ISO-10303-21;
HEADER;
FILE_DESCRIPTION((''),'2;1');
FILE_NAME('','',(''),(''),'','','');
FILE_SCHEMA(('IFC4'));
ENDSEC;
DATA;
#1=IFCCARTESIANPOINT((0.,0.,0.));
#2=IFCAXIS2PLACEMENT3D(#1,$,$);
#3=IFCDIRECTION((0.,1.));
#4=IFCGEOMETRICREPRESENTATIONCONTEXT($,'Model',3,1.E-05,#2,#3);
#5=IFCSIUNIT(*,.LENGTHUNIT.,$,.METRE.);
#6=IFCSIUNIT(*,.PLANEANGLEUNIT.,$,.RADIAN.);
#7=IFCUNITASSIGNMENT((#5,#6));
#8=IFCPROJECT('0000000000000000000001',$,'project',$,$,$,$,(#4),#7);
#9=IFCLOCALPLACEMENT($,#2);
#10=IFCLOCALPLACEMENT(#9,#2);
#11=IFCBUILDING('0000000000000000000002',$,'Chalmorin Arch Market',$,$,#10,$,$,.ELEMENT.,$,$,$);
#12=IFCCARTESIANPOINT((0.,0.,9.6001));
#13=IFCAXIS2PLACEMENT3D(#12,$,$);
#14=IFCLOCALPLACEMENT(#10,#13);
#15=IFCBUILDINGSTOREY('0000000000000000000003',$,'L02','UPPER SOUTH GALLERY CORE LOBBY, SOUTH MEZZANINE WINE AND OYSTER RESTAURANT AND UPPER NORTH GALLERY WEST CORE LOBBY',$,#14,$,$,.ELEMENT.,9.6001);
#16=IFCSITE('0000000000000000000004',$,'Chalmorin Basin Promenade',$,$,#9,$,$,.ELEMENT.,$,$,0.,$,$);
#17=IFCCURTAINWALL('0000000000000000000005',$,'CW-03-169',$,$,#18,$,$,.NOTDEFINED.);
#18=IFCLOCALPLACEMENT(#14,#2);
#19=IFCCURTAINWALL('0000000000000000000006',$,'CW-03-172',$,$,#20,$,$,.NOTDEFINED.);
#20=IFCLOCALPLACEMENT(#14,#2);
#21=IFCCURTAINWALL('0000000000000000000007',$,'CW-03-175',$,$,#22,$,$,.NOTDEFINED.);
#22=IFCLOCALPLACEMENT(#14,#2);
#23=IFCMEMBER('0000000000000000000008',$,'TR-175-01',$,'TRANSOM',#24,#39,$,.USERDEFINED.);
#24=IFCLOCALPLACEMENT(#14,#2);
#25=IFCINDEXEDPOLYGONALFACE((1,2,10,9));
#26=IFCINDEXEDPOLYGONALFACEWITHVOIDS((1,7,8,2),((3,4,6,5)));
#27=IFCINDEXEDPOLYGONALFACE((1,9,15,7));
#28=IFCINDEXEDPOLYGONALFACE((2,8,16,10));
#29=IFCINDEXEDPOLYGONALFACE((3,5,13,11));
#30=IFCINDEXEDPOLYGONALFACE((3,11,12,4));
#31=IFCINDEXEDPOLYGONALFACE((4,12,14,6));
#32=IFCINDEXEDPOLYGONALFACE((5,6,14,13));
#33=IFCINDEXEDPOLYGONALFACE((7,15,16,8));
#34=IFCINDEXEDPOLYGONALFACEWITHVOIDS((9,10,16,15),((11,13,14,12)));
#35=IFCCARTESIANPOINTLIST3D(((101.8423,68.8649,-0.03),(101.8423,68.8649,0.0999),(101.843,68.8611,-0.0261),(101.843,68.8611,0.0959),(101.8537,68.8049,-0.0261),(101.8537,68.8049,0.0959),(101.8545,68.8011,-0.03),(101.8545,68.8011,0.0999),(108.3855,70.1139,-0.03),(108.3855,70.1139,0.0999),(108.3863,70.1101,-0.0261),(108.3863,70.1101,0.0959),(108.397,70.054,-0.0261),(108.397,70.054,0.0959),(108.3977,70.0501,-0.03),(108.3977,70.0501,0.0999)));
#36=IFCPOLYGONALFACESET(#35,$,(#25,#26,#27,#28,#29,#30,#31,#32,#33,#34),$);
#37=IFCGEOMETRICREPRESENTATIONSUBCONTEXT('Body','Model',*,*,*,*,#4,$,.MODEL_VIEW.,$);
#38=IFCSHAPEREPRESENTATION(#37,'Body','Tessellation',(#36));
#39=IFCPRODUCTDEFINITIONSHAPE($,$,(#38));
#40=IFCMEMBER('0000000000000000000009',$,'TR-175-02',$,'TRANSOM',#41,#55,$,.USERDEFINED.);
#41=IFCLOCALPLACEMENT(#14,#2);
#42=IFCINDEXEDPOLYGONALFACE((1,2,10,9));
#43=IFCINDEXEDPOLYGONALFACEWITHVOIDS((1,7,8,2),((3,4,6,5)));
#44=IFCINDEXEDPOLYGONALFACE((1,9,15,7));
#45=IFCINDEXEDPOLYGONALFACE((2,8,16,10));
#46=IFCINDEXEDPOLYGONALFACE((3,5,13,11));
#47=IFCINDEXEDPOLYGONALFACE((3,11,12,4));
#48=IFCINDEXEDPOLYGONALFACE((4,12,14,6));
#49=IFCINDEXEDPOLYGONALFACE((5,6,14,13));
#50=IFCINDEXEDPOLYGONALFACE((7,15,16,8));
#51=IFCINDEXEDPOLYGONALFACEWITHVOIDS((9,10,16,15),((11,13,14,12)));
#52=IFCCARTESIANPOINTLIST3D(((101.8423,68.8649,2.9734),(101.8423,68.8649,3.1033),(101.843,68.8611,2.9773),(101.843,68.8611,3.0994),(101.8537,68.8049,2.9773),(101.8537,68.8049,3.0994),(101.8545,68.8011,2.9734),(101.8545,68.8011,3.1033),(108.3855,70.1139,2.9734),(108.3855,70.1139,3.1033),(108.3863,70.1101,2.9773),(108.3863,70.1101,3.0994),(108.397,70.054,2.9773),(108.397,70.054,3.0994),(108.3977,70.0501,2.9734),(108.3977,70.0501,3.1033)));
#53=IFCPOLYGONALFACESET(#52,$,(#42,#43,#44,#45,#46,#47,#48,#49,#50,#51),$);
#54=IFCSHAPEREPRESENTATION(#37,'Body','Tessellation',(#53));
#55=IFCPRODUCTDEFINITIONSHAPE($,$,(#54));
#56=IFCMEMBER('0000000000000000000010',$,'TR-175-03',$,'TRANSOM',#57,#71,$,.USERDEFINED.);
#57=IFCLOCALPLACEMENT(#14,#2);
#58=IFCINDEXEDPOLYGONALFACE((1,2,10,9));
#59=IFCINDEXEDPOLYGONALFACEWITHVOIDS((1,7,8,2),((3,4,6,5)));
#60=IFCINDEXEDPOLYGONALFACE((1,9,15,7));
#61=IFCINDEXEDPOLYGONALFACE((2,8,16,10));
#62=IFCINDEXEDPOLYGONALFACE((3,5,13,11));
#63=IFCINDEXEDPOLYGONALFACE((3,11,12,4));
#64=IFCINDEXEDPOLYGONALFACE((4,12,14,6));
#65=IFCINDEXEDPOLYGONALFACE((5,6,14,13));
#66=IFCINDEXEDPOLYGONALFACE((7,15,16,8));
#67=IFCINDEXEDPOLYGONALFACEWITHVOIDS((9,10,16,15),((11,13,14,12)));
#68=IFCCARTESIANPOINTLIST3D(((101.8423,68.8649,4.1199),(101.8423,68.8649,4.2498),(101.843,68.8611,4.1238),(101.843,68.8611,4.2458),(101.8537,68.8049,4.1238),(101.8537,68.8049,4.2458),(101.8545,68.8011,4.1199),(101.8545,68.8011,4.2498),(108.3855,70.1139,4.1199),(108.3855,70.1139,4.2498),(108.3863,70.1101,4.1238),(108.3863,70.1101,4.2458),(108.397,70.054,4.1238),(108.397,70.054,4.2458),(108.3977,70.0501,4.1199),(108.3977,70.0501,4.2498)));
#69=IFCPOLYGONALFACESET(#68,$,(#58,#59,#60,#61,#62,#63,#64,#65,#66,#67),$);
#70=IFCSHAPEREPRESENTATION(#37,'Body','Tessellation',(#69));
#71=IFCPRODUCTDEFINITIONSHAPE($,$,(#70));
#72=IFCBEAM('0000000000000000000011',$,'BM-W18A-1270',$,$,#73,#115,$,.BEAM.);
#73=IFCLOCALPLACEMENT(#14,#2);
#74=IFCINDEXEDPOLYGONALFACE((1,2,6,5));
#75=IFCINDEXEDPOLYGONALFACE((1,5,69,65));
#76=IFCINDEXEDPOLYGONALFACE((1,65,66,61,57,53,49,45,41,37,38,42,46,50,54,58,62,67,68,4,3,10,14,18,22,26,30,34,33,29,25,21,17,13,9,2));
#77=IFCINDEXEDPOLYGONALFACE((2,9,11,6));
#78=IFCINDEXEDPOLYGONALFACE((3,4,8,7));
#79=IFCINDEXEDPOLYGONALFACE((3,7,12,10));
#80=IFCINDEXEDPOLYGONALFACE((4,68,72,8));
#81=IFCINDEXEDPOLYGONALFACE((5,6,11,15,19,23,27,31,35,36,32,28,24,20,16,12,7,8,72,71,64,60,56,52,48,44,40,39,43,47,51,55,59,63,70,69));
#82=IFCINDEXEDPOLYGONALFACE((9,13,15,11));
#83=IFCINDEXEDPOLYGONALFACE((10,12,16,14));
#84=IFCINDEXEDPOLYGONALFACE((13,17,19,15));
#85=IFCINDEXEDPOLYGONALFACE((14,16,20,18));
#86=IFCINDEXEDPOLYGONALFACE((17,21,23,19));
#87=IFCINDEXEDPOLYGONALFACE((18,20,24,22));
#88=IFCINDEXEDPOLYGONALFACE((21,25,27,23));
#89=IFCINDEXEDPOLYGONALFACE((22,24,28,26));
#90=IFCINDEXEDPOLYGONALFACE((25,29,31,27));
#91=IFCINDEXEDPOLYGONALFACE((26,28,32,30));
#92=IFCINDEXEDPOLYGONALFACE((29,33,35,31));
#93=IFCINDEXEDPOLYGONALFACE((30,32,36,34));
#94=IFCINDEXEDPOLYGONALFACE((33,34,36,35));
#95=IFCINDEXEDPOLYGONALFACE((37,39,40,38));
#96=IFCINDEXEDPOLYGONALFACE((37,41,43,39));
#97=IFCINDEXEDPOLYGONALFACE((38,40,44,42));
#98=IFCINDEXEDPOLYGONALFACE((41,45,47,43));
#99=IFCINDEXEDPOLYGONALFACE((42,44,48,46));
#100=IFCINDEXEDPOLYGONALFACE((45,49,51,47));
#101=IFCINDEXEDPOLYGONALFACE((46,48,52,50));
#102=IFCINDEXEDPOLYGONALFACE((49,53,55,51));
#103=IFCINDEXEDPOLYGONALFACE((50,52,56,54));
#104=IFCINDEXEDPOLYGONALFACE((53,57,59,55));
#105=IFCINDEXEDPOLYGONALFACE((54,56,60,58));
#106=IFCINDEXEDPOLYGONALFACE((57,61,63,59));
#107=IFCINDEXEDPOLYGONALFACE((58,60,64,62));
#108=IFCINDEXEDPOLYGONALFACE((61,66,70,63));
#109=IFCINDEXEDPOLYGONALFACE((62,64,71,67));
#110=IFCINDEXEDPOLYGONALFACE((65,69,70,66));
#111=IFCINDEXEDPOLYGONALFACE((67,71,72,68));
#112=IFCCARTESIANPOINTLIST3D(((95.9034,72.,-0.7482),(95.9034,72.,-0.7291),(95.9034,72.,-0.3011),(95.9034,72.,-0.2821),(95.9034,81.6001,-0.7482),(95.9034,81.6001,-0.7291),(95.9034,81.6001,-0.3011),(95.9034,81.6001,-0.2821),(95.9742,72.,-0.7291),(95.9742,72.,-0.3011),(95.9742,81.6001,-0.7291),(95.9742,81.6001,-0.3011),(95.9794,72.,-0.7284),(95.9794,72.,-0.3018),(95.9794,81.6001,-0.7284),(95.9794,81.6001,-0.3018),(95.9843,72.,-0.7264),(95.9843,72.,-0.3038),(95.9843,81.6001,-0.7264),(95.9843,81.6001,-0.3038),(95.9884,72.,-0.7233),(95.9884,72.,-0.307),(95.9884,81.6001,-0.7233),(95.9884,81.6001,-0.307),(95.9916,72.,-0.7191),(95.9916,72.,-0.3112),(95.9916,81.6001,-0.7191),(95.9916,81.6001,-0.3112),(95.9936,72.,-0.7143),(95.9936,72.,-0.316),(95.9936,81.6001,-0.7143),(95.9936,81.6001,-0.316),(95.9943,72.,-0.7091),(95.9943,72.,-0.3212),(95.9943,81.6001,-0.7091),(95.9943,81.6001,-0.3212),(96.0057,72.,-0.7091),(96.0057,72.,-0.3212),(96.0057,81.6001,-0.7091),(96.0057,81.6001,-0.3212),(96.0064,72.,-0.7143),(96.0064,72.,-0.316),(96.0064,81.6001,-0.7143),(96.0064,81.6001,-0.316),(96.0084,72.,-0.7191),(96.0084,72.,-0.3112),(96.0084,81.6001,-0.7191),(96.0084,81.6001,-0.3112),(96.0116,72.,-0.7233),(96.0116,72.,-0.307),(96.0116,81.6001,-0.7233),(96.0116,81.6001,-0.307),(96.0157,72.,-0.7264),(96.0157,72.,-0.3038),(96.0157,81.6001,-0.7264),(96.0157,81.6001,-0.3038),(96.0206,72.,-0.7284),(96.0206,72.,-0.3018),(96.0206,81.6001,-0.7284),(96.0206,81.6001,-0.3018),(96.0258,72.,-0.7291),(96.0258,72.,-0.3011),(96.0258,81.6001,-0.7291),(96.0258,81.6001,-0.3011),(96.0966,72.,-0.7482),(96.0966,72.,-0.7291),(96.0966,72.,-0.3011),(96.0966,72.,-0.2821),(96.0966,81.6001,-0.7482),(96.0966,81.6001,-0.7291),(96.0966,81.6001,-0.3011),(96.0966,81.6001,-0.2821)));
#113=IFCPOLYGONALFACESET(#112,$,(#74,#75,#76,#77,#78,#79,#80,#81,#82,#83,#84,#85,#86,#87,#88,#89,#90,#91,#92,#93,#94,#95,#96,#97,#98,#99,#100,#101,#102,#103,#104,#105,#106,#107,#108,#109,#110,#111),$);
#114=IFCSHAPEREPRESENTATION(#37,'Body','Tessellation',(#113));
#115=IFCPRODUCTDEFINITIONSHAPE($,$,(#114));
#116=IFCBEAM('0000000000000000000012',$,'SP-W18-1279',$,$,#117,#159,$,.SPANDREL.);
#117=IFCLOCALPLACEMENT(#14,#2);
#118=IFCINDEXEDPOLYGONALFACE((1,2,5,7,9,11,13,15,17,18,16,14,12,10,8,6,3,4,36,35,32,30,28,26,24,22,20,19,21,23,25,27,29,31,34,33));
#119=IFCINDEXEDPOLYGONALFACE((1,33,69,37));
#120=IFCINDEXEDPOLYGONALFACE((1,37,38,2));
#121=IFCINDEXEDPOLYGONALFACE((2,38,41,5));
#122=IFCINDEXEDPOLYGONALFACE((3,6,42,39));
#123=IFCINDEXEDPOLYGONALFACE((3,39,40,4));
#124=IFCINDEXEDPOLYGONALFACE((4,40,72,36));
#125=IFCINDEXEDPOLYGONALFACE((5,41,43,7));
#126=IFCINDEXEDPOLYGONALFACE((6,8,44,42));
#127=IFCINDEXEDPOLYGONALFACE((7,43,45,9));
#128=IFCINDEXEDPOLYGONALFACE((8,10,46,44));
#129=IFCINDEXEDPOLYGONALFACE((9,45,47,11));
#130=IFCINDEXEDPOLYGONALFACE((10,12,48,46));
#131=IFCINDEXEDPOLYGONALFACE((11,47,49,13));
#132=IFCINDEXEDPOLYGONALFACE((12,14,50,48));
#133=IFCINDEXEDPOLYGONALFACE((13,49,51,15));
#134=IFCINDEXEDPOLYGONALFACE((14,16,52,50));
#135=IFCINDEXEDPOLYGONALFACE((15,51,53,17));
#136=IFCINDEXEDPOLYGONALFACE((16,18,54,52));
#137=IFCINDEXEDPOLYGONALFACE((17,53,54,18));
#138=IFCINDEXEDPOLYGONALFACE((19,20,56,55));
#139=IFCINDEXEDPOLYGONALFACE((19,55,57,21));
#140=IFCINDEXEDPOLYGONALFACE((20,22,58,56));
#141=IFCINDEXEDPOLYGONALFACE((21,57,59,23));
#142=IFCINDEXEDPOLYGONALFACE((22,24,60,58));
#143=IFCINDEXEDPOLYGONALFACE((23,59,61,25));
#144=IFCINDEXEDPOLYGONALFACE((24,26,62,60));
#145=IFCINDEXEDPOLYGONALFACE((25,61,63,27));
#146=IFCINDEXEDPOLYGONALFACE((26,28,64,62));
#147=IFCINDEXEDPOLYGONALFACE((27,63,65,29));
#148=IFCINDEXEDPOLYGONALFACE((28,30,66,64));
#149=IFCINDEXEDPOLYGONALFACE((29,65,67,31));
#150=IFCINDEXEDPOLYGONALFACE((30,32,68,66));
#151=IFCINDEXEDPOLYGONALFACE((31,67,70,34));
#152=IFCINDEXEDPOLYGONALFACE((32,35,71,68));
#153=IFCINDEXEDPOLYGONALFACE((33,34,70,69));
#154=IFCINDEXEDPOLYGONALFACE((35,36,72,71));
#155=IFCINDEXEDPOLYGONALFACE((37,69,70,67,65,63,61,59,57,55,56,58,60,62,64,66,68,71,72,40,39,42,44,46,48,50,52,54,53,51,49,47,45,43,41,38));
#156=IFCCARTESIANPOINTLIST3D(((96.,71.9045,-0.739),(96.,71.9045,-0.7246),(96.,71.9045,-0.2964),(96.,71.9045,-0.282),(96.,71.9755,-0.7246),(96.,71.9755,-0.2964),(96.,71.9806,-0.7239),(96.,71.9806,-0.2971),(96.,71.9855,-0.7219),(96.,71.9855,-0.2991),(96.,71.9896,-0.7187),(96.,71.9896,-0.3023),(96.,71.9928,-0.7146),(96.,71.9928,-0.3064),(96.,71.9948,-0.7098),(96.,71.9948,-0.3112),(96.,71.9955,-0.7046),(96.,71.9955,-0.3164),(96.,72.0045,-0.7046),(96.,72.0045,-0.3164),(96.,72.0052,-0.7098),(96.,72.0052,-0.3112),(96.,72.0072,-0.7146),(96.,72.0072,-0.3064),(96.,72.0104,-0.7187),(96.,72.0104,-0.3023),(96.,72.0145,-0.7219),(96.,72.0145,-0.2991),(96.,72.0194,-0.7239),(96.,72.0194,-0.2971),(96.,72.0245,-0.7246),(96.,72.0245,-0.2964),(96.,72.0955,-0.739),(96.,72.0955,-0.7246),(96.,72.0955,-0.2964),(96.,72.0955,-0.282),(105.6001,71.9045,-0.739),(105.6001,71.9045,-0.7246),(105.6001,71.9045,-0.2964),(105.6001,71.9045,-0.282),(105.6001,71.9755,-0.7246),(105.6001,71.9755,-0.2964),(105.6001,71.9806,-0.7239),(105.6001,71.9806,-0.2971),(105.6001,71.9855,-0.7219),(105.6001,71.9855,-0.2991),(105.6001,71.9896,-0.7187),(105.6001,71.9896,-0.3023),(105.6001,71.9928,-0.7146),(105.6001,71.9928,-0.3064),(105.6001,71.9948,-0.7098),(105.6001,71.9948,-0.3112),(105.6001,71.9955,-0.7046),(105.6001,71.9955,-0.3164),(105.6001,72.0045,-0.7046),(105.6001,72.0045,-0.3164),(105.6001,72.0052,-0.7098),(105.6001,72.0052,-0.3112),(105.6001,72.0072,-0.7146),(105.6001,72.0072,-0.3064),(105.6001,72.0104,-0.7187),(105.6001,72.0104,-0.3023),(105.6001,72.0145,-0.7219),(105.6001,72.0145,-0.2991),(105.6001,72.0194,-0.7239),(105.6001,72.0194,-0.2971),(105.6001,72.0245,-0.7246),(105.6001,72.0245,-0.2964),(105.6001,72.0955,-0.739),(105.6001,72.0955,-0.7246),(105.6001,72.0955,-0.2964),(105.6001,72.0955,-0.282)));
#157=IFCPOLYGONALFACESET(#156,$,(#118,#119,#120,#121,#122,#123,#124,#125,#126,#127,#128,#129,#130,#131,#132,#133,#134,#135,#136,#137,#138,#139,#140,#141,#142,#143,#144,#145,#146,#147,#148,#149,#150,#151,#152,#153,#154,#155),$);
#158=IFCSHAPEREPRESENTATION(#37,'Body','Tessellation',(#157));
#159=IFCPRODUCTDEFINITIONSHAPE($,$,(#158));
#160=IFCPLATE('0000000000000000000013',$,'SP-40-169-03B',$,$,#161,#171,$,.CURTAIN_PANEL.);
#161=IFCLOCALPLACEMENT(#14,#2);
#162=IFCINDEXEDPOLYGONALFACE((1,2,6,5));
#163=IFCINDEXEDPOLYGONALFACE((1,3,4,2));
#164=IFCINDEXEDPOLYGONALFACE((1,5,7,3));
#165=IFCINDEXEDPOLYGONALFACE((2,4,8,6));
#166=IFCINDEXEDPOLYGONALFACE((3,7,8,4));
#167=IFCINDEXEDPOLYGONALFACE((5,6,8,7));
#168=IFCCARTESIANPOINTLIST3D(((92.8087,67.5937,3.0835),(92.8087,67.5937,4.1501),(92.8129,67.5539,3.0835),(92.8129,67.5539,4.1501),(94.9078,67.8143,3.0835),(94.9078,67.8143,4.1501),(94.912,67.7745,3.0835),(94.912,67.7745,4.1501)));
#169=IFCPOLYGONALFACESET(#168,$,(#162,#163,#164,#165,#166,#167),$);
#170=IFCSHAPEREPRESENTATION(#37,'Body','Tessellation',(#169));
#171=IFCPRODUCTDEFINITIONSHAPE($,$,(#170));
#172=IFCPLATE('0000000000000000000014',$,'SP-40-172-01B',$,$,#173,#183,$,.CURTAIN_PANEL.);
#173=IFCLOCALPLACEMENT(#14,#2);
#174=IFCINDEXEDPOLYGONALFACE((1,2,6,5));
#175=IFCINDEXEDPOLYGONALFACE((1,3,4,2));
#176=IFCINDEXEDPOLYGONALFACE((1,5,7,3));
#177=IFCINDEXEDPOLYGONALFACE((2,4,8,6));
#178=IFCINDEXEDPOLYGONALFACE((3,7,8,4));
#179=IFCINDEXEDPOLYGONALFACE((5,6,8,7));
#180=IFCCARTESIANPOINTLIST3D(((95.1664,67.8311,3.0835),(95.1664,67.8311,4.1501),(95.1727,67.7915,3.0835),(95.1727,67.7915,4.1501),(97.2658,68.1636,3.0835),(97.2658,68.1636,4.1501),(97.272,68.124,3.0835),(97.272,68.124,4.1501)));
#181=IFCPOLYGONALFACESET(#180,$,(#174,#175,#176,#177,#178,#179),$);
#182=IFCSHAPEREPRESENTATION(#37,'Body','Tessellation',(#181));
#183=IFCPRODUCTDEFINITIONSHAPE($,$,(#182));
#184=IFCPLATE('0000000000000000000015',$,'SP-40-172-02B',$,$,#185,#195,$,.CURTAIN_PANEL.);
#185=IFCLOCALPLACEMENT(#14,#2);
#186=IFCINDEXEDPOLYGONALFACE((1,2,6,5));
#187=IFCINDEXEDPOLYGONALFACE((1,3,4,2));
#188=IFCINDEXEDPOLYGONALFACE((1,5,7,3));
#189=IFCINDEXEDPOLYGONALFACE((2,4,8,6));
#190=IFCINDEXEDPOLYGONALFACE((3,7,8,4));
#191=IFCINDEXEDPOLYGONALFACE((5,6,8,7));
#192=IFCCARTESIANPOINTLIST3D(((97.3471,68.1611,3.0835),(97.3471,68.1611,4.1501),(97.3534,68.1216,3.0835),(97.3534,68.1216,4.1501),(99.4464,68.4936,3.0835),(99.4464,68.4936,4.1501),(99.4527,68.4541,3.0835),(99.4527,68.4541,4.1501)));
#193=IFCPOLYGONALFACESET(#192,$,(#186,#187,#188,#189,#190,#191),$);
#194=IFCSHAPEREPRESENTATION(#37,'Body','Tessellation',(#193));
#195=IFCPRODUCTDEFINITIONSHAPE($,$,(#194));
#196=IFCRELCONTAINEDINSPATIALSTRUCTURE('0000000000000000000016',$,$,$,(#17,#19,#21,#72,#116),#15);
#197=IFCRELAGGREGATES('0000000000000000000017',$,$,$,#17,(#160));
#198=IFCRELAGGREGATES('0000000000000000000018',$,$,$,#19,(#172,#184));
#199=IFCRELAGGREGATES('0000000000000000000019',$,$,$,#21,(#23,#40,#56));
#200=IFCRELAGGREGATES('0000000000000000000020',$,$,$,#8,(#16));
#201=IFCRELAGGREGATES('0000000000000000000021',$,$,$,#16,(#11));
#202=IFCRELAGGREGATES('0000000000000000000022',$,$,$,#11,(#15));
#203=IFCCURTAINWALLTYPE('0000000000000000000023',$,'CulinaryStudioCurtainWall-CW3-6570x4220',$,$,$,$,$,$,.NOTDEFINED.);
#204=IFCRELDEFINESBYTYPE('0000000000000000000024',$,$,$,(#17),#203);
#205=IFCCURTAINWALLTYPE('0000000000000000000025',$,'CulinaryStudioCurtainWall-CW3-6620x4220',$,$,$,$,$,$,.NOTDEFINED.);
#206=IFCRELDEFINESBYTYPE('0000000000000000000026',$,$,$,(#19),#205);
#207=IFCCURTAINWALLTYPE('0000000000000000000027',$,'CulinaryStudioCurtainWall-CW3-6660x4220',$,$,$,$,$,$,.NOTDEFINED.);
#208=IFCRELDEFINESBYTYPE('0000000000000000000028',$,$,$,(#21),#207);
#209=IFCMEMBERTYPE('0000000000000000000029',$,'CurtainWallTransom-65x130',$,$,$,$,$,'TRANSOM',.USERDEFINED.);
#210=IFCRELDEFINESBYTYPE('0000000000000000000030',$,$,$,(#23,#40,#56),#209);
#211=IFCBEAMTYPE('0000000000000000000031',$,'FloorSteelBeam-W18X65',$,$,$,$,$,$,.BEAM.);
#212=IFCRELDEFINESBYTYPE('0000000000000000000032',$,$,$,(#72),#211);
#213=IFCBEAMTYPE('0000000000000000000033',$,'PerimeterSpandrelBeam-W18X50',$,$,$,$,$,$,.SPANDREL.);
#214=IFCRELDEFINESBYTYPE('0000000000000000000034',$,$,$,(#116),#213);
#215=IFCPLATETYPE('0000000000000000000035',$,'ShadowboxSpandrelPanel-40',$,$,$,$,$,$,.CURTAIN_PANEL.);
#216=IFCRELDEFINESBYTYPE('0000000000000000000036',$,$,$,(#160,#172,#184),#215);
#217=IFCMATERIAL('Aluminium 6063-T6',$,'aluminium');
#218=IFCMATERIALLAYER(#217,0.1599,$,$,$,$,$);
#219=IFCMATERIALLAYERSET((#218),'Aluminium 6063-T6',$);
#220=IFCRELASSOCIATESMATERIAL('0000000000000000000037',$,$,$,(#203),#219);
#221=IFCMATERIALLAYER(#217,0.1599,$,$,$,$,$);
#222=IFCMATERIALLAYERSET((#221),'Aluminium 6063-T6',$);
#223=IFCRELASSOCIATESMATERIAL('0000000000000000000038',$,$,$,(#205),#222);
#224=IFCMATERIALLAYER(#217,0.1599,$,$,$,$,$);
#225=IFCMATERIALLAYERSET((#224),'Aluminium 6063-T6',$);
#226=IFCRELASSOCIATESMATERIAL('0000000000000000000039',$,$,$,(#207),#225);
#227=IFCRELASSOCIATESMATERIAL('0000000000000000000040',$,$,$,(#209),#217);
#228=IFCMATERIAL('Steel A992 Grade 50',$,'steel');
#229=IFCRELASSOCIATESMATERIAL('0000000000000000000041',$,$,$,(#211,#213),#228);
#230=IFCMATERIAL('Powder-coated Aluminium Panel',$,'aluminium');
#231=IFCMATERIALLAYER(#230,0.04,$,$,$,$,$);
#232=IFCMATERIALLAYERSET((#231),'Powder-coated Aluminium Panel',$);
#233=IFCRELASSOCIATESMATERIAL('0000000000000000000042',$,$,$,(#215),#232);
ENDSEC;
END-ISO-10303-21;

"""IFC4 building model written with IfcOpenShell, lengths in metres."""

from ifc_helpers import new_model, si_unit, direction, frame, origin, origin_2d, place, context, subcontext, project, spatial, rectangle, hollow_rectangle, i_section, extrude, material, layer, layer_set, material_profile, profile_set, type_object, element, aggregate, save


model = new_model("IFC4")

# Units and contexts
model_context = context("Model", 3, precision=1e-05, world=origin(), true_north=direction((0.0, 1.0)))
body_context = subcontext(model_context, "Body", "Model", "MODEL_VIEW")
ifc_project = project(units=[si_unit("LENGTHUNIT", "METRE"), si_unit("PLANEANGLEUNIT", "RADIAN")], contexts=[model_context])

# Site, building, storey
site_placement = place(None, origin())
site = spatial("IfcSite", under=ifc_project, at=site_placement, Name="Chalmorin Basin Promenade", CompositionType="ELEMENT", RefElevation=0.0)
building_placement = place(site_placement, origin())
building = spatial("IfcBuilding", under=site, at=building_placement, Name="Chalmorin Arch Market", CompositionType="ELEMENT")
storey_placement = place(building_placement, frame((0.0, 0.0, 9.6001)))
storey = spatial("IfcBuildingStorey", under=building, at=storey_placement, Name="L02", Description="UPPER SOUTH GALLERY CORE LOBBY, SOUTH MEZZANINE WINE AND OYSTER RESTAURANT AND UPPER NORTH GALLERY WEST CORE LOBBY", CompositionType="ELEMENT", Elevation=9.6001)

# Curtain wall
ifc_material_1 = material(Name="Aluminium 6063-T6", Category="aluminium")
ifc_layer_1 = layer(ifc_material_1, 0.1599)
ifc_layer_set_1 = layer_set([ifc_layer_1], Name="Aluminium 6063-T6")
curtain_wall_type_1 = type_object("IfcCurtainWallType", Name="CulinaryStudioCurtainWall-CW3-6570x4220", PredefinedType="NOTDEFINED", material=ifc_layer_set_1)
curtain_wall_1_placement = place(storey_placement, origin())
curtain_wall_1 = element("IfcCurtainWall", 1, at=curtain_wall_1_placement, inside=storey, type_object=curtain_wall_type_1, Name="CW-03-169", PredefinedType="NOTDEFINED")

# Curtain wall
ifc_layer_2 = layer(ifc_material_1, 0.1599)
ifc_layer_set_2 = layer_set([ifc_layer_2], Name="Aluminium 6063-T6")
curtain_wall_type_2 = type_object("IfcCurtainWallType", Name="CulinaryStudioCurtainWall-CW3-6620x4220", PredefinedType="NOTDEFINED", material=ifc_layer_set_2)
curtain_wall_2_placement = place(storey_placement, origin())
curtain_wall_2 = element("IfcCurtainWall", 2, at=curtain_wall_2_placement, inside=storey, type_object=curtain_wall_type_2, Name="CW-03-172", PredefinedType="NOTDEFINED")

# Curtain wall
ifc_layer_3 = layer(ifc_material_1, 0.1599)
ifc_layer_set_3 = layer_set([ifc_layer_3], Name="Aluminium 6063-T6")
curtain_wall_type_3 = type_object("IfcCurtainWallType", Name="CulinaryStudioCurtainWall-CW3-6660x4220", PredefinedType="NOTDEFINED", material=ifc_layer_set_3)
curtain_wall_3_placement = place(storey_placement, origin())
curtain_wall_3 = element("IfcCurtainWall", 3, at=curtain_wall_3_placement, inside=storey, type_object=curtain_wall_type_3, Name="CW-03-175", PredefinedType="NOTDEFINED")

# Members
ifc_material_profile_1 = material_profile(ifc_material_1, hollow_rectangle(XDim=0.0649, YDim=0.1299, WallThickness=0.0039, at=origin_2d()), Name="ALU65X130X4")
ifc_profile_set_1 = profile_set([ifc_material_profile_1], Name="Aluminium 6063-T6")
member_type_1 = type_object("IfcMemberType", Name="CurtainWallTransom-65x130", ElementType="TRANSOM", PredefinedType="USERDEFINED", material=ifc_profile_set_1)
member_1_placement = place(storey_placement, frame((101.8484, 68.833, 0.0349), z_axis=(0.982264, 0.187503, 0.0), x_axis=(-0.187503, 0.982264, 0.0)))
member_1 = element("IfcMember", 4, at=member_1_placement, type_object=member_type_1, Name="TR-175-01", ObjectType="TRANSOM", PredefinedType="USERDEFINED", context=body_context, shape_type="SweptSolid", body=[
    extrude(hollow_rectangle(XDim=0.0649, YDim=0.1299, WallThickness=0.0039, at=origin_2d()), origin(), (0.0, 0.0, 1.0), 6.6614),
])
member_2_placement = place(storey_placement, frame((101.8484, 68.833, 3.0383), z_axis=(0.982264, 0.187503, 0.0), x_axis=(-0.187503, 0.982264, 0.0)))
member_2 = element("IfcMember", 5, at=member_2_placement, type_object=member_type_1, Name="TR-175-02", ObjectType="TRANSOM", PredefinedType="USERDEFINED", context=body_context, shape_type="SweptSolid", body=[
    extrude(hollow_rectangle(XDim=0.0649, YDim=0.1299, WallThickness=0.0039, at=origin_2d()), origin(), (0.0, 0.0, 1.0), 6.6614),
])
member_3_placement = place(storey_placement, frame((101.8484, 68.833, 4.1848), z_axis=(0.982264, 0.187503, 0.0), x_axis=(-0.187503, 0.982264, 0.0)))
member_3 = element("IfcMember", 6, at=member_3_placement, type_object=member_type_1, Name="TR-175-03", ObjectType="TRANSOM", PredefinedType="USERDEFINED", context=body_context, shape_type="SweptSolid", body=[
    extrude(hollow_rectangle(XDim=0.0649, YDim=0.1299, WallThickness=0.0039, at=origin_2d()), origin(), (0.0, 0.0, 1.0), 6.6614),
])

# Beams
ifc_material_2 = material(Name="Steel A992 Grade 50", Category="steel")
ifc_material_profile_2 = material_profile(ifc_material_2, i_section(OverallWidth=0.1931, OverallDepth=0.4661, WebThickness=0.0115, FlangeThickness=0.019, FilletRadius=0.02, at=origin_2d()), Name="W18X65")
ifc_profile_set_2 = profile_set([ifc_material_profile_2], Name="Steel A992 Grade 50")
beam_type_1 = type_object("IfcBeamType", Name="FloorSteelBeam-W18X65", PredefinedType="BEAM", material=ifc_profile_set_2)
beam_1_placement = place(storey_placement, frame((96.0, 72.0, -0.5151), z_axis=(0.0, 1.0, 0.0), x_axis=(-1.0, 0.0, 0.0)))
element("IfcBeam", 7, at=beam_1_placement, inside=storey, type_object=beam_type_1, Name="BM-W18A-1270", PredefinedType="BEAM", context=body_context, shape_type="SweptSolid", body=[
    extrude(i_section(OverallWidth=0.1931, OverallDepth=0.4661, WebThickness=0.0115, FlangeThickness=0.019, FilletRadius=0.02, at=origin_2d()), origin(), (0.0, 0.0, 1.0), 9.6001),
])
ifc_material_profile_3 = material_profile(ifc_material_2, i_section(OverallWidth=0.1909, OverallDepth=0.457, WebThickness=0.009, FlangeThickness=0.0144, FilletRadius=0.02, at=origin_2d()), Name="W18X50")
ifc_profile_set_3 = profile_set([ifc_material_profile_3], Name="Steel A992 Grade 50")
beam_type_2 = type_object("IfcBeamType", Name="PerimeterSpandrelBeam-W18X50", PredefinedType="SPANDREL", material=ifc_profile_set_3)
beam_2_placement = place(storey_placement, frame((96.0, 72.0, -0.5105), z_axis=(1.0, 0.0, 0.0), x_axis=(0.0, 1.0, 0.0)))
element("IfcBeam", 8, at=beam_2_placement, inside=storey, type_object=beam_type_2, Name="SP-W18-1279", PredefinedType="SPANDREL", context=body_context, shape_type="SweptSolid", body=[
    extrude(i_section(OverallWidth=0.1909, OverallDepth=0.457, WebThickness=0.009, FlangeThickness=0.0144, FilletRadius=0.02, at=origin_2d()), origin(), (0.0, 0.0, 1.0), 9.6001),
])

# Plates
ifc_material_3 = material(Name="Powder-coated Aluminium Panel", Category="aluminium")
ifc_layer_4 = layer(ifc_material_3, 0.04)
ifc_layer_set_4 = layer_set([ifc_layer_4], Name="Powder-coated Aluminium Panel")
plate_type_1 = type_object("IfcPlateType", Name="ShadowboxSpandrelPanel-40", PredefinedType="CURTAIN_PANEL", material=ifc_layer_set_4)
plate_1_placement = place(storey_placement, frame((93.8604, 67.6841, 3.0835), z_axis=(0.0, 0.0, 1.0), x_axis=(0.994522, 0.104528, 0.0)))
plate_1 = element("IfcPlate", 9, at=plate_1_placement, type_object=plate_type_1, Name="SP-40-169-03B", PredefinedType="CURTAIN_PANEL", context=body_context, shape_type="SweptSolid", body=[
    extrude(rectangle(XDim=2.1106, YDim=0.04, at=origin_2d()), origin(), (0.0, 0.0, 1.0), 1.0667),
])
plate_2_placement = place(storey_placement, frame((96.2192, 67.9775, 3.0835), z_axis=(0.0, 0.0, 1.0), x_axis=(0.987688, 0.156434, 0.0)))
plate_2 = element("IfcPlate", 10, at=plate_2_placement, type_object=plate_type_1, Name="SP-40-172-01B", PredefinedType="CURTAIN_PANEL", context=body_context, shape_type="SweptSolid", body=[
    extrude(rectangle(XDim=2.1255, YDim=0.04, at=origin_2d()), origin(), (0.0, 0.0, 1.0), 1.0667),
])
plate_3_placement = place(storey_placement, frame((98.3999, 68.3076, 3.0835), z_axis=(0.0, 0.0, 1.0), x_axis=(0.987688, 0.156434, 0.0)))
plate_3 = element("IfcPlate", 11, at=plate_3_placement, type_object=plate_type_1, Name="SP-40-172-02B", PredefinedType="CURTAIN_PANEL", context=body_context, shape_type="SweptSolid", body=[
    extrude(rectangle(XDim=2.1255, YDim=0.04, at=origin_2d()), origin(), (0.0, 0.0, 1.0), 1.0667),
])
aggregate(curtain_wall_1, [plate_1])
aggregate(curtain_wall_2, [plate_2, plate_3])
aggregate(curtain_wall_3, [member_1, member_2, member_3])

save(model, "model.ifc")
